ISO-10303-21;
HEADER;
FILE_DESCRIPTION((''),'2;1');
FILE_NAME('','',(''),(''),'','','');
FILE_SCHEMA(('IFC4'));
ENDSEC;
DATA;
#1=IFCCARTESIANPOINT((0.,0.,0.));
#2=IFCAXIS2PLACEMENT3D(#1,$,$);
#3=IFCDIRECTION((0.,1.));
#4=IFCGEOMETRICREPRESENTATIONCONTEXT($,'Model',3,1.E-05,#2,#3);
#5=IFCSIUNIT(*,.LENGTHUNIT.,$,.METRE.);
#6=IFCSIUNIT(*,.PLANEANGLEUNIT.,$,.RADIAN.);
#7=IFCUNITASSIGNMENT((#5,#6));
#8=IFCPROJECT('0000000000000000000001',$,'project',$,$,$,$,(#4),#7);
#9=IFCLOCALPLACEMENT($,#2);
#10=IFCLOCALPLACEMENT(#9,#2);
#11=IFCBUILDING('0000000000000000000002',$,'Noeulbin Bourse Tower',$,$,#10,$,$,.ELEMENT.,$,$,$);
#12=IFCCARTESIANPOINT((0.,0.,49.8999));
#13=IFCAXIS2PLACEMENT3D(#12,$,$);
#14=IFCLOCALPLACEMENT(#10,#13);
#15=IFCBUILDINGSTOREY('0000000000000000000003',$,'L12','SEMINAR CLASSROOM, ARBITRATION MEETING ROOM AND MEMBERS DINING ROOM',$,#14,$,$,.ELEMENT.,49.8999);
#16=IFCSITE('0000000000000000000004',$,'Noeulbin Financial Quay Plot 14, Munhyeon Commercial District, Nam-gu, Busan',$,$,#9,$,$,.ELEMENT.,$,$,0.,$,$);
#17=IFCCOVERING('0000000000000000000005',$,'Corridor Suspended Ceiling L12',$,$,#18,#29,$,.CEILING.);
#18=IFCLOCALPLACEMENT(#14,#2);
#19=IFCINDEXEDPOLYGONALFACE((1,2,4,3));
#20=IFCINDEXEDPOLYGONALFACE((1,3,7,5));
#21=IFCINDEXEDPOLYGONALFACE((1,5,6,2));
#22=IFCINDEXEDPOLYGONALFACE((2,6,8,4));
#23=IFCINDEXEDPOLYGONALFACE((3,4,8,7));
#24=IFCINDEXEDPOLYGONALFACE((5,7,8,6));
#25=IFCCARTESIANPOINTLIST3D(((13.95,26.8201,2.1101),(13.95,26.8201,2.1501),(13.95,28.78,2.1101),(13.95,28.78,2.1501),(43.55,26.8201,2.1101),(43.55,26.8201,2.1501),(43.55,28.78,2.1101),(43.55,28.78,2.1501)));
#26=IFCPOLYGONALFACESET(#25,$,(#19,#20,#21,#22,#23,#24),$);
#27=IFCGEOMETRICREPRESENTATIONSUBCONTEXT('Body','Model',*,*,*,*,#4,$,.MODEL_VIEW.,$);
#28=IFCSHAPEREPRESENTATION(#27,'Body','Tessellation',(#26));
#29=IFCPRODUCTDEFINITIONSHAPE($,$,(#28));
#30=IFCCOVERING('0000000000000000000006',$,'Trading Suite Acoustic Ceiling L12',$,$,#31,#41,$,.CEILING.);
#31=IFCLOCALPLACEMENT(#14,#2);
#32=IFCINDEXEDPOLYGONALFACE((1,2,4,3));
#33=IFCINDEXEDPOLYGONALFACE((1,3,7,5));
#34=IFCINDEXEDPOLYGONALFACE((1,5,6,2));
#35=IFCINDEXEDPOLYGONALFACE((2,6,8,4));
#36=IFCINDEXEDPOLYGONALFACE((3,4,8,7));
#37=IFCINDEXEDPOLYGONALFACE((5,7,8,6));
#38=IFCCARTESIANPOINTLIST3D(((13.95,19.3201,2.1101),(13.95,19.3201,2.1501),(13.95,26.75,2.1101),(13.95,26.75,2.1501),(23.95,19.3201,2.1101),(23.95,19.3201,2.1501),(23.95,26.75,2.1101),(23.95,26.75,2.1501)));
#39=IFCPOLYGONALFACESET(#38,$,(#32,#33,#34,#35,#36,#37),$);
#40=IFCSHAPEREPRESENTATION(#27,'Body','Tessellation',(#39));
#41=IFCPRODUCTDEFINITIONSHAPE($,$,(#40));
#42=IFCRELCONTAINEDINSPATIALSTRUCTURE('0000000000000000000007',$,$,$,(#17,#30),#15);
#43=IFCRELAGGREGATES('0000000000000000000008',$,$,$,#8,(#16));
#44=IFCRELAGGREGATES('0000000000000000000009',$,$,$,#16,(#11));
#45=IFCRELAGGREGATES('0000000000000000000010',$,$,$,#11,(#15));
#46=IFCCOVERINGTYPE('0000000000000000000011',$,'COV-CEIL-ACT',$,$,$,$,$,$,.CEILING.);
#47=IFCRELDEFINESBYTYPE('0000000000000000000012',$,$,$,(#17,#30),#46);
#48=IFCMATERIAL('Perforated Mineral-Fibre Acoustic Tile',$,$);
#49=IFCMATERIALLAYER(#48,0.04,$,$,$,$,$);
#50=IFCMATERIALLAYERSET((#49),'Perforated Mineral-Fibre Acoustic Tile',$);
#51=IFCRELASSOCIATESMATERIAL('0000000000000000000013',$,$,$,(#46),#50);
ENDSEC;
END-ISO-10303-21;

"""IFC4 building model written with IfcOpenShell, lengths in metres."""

from ifc_helpers import new_model, si_unit, direction, frame, origin, place, context, subcontext, project, spatial, polyline, outline, extrude, material, layer, layer_set, type_object, element, save


model = new_model("IFC4")

# Units and contexts
model_context = context("Model", 3, precision=1e-05, world=origin(), true_north=direction((0.0, 1.0)))
body_context = subcontext(model_context, "Body", "Model", "MODEL_VIEW")
ifc_project = project(units=[si_unit("LENGTHUNIT", "METRE"), si_unit("PLANEANGLEUNIT", "RADIAN")], contexts=[model_context])

# Site, building, storey
site_placement = place(None, origin())
site = spatial("IfcSite", under=ifc_project, at=site_placement, Name="Noeulbin Financial Quay Plot 14, Munhyeon Commercial District, Nam-gu, Busan", CompositionType="ELEMENT", RefElevation=0.0)
building_placement = place(site_placement, origin())
building = spatial("IfcBuilding", under=site, at=building_placement, Name="Noeulbin Bourse Tower", CompositionType="ELEMENT")
storey_placement = place(building_placement, frame((0.0, 0.0, 49.8999)))
storey = spatial("IfcBuildingStorey", under=building, at=storey_placement, Name="L12", Description="SEMINAR CLASSROOM, ARBITRATION MEETING ROOM AND MEMBERS DINING ROOM", CompositionType="ELEMENT", Elevation=49.8999)

# Coverings
ifc_material_1 = material(Name="Perforated Mineral-Fibre Acoustic Tile")
ifc_layer_1 = layer(ifc_material_1, 0.04)
ifc_layer_set_1 = layer_set([ifc_layer_1], Name="Perforated Mineral-Fibre Acoustic Tile")
covering_type = type_object("IfcCoveringType", Name="COV-CEIL-ACT", PredefinedType="CEILING", material=ifc_layer_set_1)
covering_1_placement = place(storey_placement, frame((0.0, 0.0, 2.1101)))
element("IfcCovering", 1, at=covering_1_placement, inside=storey, type_object=covering_type, Name="Corridor Suspended Ceiling L12", PredefinedType="CEILING", context=body_context, shape_type="SweptSolid", body=[
    extrude(outline(polyline([(13.95, 26.8201), (43.55, 26.8201), (43.55, 28.78), (13.95, 28.78), (13.95, 26.8201)])), origin(), (0.0, 0.0, 1.0), 0.04),
])
covering_2_placement = place(storey_placement, frame((0.0, 0.0, 2.1101)))
element("IfcCovering", 2, at=covering_2_placement, inside=storey, type_object=covering_type, Name="Trading Suite Acoustic Ceiling L12", PredefinedType="CEILING", context=body_context, shape_type="SweptSolid", body=[
    extrude(outline(polyline([(13.95, 19.3201), (23.95, 19.3201), (23.95, 26.75), (13.95, 26.75), (13.95, 19.3201)])), origin(), (0.0, 0.0, 1.0), 0.04),
])

save(model, "model.ifc")
